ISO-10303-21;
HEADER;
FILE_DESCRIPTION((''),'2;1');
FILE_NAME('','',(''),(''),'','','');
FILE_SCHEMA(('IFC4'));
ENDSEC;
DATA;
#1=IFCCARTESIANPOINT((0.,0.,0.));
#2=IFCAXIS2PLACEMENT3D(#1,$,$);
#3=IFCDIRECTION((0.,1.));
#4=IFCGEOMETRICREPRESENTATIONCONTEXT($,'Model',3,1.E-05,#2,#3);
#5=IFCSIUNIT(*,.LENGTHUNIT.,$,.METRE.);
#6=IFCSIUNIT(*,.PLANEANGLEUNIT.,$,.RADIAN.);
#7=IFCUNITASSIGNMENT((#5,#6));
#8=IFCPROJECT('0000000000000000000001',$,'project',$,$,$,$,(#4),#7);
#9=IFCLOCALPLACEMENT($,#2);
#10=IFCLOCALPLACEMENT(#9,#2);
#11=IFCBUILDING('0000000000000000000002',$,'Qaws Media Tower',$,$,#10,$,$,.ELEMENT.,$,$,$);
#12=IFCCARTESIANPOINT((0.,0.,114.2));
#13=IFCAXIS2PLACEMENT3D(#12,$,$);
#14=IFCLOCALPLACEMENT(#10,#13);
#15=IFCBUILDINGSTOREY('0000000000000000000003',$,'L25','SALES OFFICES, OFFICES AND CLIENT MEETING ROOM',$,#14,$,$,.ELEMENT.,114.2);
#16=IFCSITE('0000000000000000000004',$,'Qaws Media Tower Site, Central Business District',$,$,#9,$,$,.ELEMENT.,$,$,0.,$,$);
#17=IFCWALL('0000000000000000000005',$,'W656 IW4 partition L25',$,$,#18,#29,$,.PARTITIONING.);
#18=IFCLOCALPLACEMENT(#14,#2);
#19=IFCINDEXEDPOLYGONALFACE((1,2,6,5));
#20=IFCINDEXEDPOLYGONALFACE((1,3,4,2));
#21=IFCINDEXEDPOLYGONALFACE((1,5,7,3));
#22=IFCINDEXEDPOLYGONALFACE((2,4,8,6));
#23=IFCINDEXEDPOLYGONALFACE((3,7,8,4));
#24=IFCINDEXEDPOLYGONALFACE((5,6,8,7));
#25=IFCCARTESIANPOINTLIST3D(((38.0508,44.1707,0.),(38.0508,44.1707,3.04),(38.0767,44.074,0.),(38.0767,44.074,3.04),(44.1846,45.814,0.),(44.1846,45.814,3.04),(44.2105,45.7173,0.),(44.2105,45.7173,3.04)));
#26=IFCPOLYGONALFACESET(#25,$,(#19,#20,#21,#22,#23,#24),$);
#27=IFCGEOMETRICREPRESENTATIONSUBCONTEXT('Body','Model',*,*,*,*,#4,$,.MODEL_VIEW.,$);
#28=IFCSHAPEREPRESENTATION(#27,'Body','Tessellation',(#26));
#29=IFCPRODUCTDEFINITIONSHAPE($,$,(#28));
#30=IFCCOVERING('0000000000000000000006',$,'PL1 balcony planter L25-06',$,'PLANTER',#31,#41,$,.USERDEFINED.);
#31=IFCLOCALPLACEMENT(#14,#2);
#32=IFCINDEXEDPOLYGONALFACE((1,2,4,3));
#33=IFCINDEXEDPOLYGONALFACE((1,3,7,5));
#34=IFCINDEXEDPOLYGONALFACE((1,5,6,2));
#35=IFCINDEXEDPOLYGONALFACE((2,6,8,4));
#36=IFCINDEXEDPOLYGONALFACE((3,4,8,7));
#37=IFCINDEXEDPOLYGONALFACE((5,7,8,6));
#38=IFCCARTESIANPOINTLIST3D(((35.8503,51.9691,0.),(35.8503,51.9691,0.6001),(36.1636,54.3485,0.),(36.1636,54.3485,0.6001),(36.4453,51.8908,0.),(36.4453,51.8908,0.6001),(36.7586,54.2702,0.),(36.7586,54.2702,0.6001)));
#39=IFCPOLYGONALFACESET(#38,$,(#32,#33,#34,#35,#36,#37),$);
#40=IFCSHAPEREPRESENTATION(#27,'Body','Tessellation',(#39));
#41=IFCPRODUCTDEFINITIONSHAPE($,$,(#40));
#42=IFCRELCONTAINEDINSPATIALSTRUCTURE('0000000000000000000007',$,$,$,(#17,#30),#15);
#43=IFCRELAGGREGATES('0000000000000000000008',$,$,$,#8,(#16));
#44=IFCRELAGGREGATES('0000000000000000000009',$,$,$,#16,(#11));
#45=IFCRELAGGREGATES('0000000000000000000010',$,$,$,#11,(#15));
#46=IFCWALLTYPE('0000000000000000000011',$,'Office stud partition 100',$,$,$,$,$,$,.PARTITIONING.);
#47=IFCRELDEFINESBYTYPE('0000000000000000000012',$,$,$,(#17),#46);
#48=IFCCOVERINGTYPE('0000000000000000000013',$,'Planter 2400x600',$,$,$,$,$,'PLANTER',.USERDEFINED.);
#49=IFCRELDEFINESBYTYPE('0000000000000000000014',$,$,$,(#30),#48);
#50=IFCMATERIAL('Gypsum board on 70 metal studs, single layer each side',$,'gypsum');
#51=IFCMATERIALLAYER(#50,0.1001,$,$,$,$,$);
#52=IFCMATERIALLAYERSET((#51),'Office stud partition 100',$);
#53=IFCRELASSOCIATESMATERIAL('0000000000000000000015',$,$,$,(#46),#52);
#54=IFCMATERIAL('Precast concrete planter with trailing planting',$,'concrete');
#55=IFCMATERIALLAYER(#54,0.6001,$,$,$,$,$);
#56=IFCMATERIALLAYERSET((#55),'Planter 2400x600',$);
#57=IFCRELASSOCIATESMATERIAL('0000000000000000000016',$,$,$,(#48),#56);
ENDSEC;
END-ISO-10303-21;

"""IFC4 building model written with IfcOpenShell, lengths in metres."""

from ifc_helpers import new_model, si_unit, direction, frame, frame_2d, origin, origin_2d, place, context, subcontext, project, spatial, rectangle, extrude, material, layer, layer_set, type_object, element, save


model = new_model("IFC4")

# Units and contexts
model_context = context("Model", 3, precision=1e-05, world=origin(), true_north=direction((0.0, 1.0)))
body_context = subcontext(model_context, "Body", "Model", "MODEL_VIEW")
ifc_project = project(units=[si_unit("LENGTHUNIT", "METRE"), si_unit("PLANEANGLEUNIT", "RADIAN")], contexts=[model_context])

# Site, building, storey
site_placement = place(None, origin())
site = spatial("IfcSite", under=ifc_project, at=site_placement, Name="Qaws Media Tower Site, Central Business District", CompositionType="ELEMENT", RefElevation=0.0)
building_placement = place(site_placement, origin())
building = spatial("IfcBuilding", under=site, at=building_placement, Name="Qaws Media Tower", CompositionType="ELEMENT")
storey_placement = place(building_placement, frame((0.0, 0.0, 114.2)))
storey = spatial("IfcBuildingStorey", under=building, at=storey_placement, Name="L25", Description="SALES OFFICES, OFFICES AND CLIENT MEETING ROOM", CompositionType="ELEMENT", Elevation=114.2)

# Wall
ifc_material_1 = material(Name="Gypsum board on 70 metal studs, single layer each side", Category="gypsum")
ifc_layer_1 = layer(ifc_material_1, 0.1001)
ifc_layer_set_1 = layer_set([ifc_layer_1], Name="Office stud partition 100")
wall_type_1 = type_object("IfcWallType", Name="Office stud partition 100", PredefinedType="PARTITIONING", material=ifc_layer_set_1)
wall_1_placement = place(storey_placement, frame((44.1975, 45.7656, 0.0), z_axis=(0.0, 0.0, 1.0), x_axis=(-0.965935, -0.258785, 0.0)))
element("IfcWall", 1, at=wall_1_placement, inside=storey, type_object=wall_type_1, Name="W656 IW4 partition L25", PredefinedType="PARTITIONING", context=body_context, shape_type="SweptSolid", body=[
    extrude(rectangle(XDim=6.3501, YDim=0.1001, at=frame_2d((3.175, 0.0))), origin(), (0.0, 0.0, 1.0), 3.04),
])

# Covering
ifc_material_2 = material(Name="Precast concrete planter with trailing planting", Category="concrete")
ifc_layer_2 = layer(ifc_material_2, 0.6001)
ifc_layer_set_2 = layer_set([ifc_layer_2], Name="Planter 2400x600")
covering_type = type_object("IfcCoveringType", Name="Planter 2400x600", ElementType="PLANTER", PredefinedType="USERDEFINED", material=ifc_layer_set_2)
covering_placement = place(storey_placement, frame((36.3044, 53.1196, 0.0), z_axis=(0.0, 0.0, 1.0), x_axis=(-0.130526, -0.991445, 0.0)))
element("IfcCovering", 2, at=covering_placement, inside=storey, type_object=covering_type, Name="PL1 balcony planter L25-06", ObjectType="PLANTER", PredefinedType="USERDEFINED", context=body_context, shape_type="SweptSolid", body=[
    extrude(rectangle(XDim=2.3999, YDim=0.6001, at=origin_2d()), origin(), (0.0, 0.0, 1.0), 0.6001),
])

save(model, "model.ifc")
